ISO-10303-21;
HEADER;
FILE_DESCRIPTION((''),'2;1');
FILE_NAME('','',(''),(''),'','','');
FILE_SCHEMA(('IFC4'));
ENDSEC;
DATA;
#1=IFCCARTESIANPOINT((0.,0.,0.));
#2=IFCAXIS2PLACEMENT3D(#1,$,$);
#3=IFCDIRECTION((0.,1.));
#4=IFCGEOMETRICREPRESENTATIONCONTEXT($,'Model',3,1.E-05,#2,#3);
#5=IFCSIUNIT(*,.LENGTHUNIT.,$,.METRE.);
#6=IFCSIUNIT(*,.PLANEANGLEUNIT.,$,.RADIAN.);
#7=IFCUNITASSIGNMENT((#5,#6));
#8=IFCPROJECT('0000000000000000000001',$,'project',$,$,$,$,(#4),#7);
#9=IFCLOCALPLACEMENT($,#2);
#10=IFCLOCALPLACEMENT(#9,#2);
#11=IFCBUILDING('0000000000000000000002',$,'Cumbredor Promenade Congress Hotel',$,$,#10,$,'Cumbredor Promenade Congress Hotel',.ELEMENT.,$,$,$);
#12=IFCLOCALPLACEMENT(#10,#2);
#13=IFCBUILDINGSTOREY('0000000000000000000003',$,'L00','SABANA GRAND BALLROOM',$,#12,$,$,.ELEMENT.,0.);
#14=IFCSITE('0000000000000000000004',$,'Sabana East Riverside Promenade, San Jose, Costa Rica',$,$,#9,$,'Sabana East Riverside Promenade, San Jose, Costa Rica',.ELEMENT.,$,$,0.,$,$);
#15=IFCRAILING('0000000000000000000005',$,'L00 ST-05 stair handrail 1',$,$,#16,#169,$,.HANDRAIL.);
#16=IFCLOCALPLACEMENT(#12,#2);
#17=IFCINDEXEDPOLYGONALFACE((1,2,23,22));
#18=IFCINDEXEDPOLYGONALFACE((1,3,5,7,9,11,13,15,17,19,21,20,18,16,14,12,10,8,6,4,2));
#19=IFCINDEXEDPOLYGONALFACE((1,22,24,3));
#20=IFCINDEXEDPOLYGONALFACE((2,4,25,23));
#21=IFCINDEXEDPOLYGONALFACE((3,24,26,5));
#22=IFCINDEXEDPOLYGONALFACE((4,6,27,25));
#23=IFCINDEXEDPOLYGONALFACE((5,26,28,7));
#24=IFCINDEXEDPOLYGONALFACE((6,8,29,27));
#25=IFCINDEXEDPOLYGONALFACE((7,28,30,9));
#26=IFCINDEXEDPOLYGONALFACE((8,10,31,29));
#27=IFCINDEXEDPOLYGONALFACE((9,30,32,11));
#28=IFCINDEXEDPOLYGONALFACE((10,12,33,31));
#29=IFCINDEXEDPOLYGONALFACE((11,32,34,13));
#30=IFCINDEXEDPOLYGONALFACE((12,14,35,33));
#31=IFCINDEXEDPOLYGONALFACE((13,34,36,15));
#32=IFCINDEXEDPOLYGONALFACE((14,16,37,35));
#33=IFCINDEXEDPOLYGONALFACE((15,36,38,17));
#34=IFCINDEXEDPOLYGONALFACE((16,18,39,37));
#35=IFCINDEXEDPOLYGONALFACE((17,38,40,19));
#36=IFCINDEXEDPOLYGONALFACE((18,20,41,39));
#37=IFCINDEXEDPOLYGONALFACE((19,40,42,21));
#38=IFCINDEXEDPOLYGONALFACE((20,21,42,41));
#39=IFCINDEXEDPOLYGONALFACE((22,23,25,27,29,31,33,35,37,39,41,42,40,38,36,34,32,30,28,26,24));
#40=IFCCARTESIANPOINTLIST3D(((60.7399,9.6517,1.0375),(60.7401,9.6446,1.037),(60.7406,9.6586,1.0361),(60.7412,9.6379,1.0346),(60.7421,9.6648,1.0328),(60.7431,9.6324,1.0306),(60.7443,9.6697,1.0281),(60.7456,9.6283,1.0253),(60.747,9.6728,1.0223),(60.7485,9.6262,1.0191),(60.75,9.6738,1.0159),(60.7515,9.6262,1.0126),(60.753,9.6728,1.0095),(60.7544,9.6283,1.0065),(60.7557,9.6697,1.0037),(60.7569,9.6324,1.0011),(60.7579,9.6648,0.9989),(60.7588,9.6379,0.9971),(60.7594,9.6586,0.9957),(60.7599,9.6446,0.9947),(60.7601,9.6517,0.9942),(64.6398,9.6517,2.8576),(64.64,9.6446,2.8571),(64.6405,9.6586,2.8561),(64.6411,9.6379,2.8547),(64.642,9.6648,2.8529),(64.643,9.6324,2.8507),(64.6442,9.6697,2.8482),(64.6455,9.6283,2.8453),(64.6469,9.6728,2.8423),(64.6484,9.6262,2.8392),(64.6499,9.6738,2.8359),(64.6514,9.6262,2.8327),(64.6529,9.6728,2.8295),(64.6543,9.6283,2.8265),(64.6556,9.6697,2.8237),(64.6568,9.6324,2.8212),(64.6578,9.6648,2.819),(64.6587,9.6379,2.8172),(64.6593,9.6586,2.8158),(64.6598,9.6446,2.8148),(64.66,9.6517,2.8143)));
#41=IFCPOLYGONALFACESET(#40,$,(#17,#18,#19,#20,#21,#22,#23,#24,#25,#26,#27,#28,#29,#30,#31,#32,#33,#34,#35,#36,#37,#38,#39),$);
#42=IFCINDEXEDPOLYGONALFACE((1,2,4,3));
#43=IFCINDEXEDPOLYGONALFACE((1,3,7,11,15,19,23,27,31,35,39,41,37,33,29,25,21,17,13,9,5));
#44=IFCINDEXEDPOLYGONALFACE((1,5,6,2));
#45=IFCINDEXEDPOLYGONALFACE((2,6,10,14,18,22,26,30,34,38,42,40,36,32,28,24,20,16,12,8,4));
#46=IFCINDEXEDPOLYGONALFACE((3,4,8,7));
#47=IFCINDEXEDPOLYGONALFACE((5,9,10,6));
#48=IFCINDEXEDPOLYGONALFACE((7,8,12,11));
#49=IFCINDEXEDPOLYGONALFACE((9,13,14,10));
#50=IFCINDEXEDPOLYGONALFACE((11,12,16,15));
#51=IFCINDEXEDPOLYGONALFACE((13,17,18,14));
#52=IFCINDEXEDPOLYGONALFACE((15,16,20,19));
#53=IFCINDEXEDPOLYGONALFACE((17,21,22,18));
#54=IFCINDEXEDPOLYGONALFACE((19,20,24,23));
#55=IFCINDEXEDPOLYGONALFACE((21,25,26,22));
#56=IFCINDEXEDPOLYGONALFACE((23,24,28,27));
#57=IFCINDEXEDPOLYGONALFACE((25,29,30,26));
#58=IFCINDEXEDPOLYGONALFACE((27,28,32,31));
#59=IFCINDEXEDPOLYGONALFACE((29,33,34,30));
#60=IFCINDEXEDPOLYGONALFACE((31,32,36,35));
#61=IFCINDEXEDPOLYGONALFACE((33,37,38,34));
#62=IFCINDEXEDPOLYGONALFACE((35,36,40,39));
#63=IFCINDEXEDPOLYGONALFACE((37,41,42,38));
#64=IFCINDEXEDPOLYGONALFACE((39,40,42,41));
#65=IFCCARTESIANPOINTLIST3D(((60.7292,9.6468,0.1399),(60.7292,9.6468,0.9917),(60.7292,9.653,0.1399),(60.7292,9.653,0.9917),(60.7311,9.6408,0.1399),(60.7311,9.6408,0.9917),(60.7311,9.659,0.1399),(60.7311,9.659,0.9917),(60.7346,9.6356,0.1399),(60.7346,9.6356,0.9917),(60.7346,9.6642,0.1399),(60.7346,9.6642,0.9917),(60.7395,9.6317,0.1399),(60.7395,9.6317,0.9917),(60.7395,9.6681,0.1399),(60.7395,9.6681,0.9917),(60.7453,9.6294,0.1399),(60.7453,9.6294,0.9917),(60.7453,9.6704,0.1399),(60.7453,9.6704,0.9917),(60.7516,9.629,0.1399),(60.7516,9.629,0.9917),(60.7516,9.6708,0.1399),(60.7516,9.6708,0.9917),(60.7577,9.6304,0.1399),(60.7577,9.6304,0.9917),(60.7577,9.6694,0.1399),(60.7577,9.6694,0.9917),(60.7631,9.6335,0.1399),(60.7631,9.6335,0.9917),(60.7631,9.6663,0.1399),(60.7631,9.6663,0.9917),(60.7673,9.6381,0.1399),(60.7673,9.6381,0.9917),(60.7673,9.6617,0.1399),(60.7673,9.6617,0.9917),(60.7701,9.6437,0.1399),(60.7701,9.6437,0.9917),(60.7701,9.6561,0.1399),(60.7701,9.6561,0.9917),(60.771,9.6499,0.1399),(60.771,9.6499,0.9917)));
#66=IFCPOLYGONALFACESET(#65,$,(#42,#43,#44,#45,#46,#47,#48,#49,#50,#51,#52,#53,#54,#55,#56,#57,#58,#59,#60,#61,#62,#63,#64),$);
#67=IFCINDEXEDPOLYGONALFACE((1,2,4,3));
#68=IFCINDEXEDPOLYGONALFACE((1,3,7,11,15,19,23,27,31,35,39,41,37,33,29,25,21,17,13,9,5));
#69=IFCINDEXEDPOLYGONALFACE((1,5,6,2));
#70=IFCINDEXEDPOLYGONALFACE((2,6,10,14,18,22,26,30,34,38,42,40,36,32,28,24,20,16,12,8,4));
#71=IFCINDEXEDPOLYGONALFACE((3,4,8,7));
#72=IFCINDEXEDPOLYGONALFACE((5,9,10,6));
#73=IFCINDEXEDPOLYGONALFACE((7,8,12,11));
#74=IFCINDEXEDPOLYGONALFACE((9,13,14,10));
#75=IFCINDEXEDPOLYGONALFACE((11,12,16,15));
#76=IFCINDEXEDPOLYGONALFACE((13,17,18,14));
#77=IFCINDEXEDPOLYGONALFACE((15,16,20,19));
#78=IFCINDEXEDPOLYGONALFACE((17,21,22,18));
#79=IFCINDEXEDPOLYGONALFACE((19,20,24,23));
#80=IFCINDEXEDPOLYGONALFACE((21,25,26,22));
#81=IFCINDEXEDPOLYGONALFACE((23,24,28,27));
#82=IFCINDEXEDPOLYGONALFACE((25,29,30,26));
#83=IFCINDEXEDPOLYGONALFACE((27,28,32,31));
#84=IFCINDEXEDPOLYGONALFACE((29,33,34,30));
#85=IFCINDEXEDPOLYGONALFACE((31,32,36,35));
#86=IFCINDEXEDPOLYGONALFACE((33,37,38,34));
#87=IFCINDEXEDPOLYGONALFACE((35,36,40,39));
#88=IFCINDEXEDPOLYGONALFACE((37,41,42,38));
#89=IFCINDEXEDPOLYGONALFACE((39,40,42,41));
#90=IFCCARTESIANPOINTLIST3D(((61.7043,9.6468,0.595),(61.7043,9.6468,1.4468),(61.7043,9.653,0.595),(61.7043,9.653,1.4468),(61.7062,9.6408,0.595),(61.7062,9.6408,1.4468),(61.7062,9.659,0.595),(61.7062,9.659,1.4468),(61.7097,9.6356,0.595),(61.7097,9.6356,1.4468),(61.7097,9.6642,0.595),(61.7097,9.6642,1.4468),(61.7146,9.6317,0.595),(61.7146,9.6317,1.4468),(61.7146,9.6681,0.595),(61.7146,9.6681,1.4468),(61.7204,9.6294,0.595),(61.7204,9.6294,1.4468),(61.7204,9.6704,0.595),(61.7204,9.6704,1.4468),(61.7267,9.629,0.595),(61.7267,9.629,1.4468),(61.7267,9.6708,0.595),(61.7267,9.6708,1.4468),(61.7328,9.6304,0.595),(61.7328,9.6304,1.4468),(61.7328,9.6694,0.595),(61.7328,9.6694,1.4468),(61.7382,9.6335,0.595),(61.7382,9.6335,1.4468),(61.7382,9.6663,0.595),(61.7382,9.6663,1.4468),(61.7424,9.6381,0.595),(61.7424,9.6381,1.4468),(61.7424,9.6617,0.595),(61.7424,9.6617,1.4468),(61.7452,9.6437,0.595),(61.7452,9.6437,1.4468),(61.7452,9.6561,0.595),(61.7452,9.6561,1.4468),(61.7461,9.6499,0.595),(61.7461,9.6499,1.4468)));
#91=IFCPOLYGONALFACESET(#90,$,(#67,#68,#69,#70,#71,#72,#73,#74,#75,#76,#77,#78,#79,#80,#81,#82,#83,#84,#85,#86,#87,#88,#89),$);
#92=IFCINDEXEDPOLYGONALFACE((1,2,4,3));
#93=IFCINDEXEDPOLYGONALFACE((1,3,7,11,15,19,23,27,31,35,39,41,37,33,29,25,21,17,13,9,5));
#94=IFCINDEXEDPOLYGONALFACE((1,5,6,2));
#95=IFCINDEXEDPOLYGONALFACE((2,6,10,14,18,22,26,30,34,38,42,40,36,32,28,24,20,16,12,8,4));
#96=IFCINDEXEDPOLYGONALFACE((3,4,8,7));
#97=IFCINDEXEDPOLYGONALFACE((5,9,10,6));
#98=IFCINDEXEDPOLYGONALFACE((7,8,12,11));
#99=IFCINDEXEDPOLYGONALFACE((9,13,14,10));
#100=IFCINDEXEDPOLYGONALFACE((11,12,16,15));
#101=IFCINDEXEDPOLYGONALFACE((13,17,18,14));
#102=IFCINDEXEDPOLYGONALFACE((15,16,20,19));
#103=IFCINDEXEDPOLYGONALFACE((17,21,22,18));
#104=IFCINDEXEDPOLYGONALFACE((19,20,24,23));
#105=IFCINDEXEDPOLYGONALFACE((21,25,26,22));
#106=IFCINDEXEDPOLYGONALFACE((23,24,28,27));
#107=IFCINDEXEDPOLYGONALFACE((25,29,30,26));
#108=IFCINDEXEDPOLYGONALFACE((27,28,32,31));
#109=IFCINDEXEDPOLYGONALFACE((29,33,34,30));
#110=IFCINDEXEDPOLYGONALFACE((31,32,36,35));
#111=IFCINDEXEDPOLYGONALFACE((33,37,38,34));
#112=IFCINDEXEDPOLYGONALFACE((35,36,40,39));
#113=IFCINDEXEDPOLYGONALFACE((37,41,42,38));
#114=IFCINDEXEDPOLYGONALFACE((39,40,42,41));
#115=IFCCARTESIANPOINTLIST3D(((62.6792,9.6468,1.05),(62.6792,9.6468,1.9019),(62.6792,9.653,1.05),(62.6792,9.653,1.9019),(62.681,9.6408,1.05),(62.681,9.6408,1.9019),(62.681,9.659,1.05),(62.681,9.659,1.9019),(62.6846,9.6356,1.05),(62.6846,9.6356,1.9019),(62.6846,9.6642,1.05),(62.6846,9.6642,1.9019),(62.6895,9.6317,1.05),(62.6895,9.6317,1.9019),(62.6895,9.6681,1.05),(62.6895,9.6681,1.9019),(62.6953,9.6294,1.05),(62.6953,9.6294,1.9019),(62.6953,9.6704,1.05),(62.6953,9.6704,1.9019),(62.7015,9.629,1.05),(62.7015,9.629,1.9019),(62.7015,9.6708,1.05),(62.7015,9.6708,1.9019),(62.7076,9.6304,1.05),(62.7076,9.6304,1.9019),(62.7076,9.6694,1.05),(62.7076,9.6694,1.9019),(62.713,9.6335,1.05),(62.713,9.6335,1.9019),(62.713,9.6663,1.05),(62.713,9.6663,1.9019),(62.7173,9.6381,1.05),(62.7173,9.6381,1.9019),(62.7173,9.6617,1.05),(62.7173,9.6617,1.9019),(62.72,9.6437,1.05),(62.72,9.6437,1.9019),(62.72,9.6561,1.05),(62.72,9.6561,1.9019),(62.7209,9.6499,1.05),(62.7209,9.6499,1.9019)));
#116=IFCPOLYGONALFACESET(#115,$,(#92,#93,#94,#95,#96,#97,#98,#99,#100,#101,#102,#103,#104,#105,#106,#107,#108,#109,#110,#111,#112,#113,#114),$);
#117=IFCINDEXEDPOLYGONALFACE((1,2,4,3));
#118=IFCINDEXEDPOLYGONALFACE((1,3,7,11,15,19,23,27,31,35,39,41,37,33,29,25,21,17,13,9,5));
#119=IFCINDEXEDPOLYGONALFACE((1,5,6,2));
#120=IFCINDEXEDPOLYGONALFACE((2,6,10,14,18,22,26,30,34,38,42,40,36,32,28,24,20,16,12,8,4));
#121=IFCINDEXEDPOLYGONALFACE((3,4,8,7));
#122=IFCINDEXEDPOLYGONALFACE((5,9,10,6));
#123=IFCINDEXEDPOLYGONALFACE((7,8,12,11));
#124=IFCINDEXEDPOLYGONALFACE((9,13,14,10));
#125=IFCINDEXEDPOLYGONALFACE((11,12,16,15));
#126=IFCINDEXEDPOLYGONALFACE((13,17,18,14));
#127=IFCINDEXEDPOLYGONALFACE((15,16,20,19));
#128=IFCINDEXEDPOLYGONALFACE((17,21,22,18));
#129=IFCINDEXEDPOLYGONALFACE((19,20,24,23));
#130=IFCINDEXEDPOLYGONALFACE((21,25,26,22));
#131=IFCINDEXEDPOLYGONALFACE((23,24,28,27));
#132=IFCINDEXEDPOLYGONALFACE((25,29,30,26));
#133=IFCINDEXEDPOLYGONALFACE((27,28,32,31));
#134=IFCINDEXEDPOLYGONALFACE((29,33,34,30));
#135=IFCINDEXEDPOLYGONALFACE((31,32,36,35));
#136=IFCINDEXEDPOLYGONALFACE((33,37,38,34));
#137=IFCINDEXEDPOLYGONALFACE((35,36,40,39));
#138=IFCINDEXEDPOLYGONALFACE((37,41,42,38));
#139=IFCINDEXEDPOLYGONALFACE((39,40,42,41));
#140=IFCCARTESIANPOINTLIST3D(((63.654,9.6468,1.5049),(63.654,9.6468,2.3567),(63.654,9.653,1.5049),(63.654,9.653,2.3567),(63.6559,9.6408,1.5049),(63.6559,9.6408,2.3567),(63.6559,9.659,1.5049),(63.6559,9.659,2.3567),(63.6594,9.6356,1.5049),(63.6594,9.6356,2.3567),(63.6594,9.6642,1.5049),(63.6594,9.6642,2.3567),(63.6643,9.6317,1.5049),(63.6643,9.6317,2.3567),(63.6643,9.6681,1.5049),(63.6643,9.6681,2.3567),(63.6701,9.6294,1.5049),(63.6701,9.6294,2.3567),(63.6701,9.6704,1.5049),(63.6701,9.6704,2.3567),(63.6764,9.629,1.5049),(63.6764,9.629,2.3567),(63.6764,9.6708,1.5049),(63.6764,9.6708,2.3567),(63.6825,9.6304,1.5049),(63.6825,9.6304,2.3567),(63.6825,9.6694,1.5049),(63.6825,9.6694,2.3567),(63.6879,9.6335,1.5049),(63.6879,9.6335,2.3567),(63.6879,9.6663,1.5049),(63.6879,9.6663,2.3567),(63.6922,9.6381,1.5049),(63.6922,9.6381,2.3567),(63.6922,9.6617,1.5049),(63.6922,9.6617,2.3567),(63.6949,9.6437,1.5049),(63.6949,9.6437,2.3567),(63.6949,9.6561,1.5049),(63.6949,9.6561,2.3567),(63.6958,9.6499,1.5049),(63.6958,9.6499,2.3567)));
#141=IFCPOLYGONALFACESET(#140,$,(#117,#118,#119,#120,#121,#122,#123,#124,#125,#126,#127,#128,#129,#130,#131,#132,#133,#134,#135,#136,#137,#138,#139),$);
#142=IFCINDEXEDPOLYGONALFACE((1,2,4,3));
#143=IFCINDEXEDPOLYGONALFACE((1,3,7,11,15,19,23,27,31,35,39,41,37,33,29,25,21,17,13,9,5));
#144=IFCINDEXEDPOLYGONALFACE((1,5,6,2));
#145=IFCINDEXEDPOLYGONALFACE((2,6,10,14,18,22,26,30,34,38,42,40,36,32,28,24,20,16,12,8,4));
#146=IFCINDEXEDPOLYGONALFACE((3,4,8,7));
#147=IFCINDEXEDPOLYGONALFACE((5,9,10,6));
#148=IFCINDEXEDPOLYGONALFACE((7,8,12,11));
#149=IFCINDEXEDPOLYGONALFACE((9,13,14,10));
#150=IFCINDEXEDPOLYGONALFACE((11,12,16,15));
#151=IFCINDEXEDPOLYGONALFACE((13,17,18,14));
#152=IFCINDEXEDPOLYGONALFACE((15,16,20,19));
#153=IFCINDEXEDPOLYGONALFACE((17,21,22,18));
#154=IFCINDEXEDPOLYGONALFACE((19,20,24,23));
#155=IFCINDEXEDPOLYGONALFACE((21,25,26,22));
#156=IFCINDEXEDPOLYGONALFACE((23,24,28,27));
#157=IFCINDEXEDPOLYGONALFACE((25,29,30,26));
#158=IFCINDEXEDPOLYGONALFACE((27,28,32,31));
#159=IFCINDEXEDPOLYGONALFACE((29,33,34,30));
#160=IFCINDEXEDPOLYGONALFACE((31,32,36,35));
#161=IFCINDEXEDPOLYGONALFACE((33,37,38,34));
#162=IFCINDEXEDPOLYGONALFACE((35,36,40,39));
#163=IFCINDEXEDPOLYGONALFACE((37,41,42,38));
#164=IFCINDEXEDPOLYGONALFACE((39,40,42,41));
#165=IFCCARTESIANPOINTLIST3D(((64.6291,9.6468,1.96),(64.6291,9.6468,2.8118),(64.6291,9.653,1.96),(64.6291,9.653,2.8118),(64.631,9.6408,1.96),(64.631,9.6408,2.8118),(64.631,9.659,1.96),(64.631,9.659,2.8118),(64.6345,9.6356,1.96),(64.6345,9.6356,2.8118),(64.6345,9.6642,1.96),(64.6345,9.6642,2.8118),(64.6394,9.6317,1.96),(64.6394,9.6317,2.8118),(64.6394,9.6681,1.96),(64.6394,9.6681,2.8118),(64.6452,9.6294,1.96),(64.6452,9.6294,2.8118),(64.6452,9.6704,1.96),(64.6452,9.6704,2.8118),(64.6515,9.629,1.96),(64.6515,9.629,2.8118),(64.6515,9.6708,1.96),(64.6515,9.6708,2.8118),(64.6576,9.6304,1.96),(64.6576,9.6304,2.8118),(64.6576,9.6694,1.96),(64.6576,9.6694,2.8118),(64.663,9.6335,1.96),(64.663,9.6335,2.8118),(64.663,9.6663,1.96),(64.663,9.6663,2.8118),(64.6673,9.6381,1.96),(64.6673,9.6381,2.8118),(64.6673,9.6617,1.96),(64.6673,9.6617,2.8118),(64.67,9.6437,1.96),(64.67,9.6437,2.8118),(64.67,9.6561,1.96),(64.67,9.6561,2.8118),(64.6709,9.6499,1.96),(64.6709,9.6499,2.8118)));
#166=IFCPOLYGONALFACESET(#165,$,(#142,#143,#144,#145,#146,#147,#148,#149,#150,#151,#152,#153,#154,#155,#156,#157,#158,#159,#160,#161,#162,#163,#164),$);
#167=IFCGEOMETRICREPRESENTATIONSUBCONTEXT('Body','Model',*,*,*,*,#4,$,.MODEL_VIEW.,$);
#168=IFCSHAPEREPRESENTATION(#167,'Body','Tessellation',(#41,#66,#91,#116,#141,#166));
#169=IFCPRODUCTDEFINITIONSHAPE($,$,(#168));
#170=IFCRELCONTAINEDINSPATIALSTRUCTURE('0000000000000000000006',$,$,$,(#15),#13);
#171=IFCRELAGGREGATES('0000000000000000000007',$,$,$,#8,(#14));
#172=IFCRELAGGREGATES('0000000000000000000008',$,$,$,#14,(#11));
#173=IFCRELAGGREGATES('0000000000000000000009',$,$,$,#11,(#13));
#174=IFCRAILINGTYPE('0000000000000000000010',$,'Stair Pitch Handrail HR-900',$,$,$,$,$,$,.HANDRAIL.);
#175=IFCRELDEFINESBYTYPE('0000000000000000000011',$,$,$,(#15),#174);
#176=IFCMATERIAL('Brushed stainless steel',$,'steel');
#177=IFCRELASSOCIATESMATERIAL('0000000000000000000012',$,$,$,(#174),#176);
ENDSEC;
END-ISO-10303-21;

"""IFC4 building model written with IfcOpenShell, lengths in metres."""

from ifc_helpers import new_model, si_unit, direction, frame, origin, origin_2d, place, context, subcontext, project, spatial, circle, extrude, material, type_object, element, save


model = new_model("IFC4")

# Units and contexts
model_context = context("Model", 3, precision=1e-05, world=origin(), true_north=direction((0.0, 1.0)))
body_context = subcontext(model_context, "Body", "Model", "MODEL_VIEW")
ifc_project = project(units=[si_unit("LENGTHUNIT", "METRE"), si_unit("PLANEANGLEUNIT", "RADIAN")], contexts=[model_context])

# Site, building, storey
site_placement = place(None, origin())
site = spatial("IfcSite", under=ifc_project, at=site_placement, Name="Sabana East Riverside Promenade, San Jose, Costa Rica", LongName="Sabana East Riverside Promenade, San Jose, Costa Rica", CompositionType="ELEMENT", RefElevation=0.0)
building_placement = place(site_placement, origin())
building = spatial("IfcBuilding", under=site, at=building_placement, Name="Cumbredor Promenade Congress Hotel", LongName="Cumbredor Promenade Congress Hotel", CompositionType="ELEMENT")
storey_placement = place(building_placement, origin())
storey = spatial("IfcBuildingStorey", under=building, at=storey_placement, Name="L00", Description="SABANA GRAND BALLROOM", CompositionType="ELEMENT", Elevation=0.0)

# Railing
ifc_material_1 = material(Name="Brushed stainless steel", Category="steel")
railing_type_1 = type_object("IfcRailingType", Name="Stair Pitch Handrail HR-900", PredefinedType="HANDRAIL", material=ifc_material_1)
railing_1_placement = place(storey_placement, frame((60.75, 9.6499, 0.1399)))
element("IfcRailing", 1, at=railing_1_placement, inside=storey, type_object=railing_type_1, Name="L00 ST-05 stair handrail 1", PredefinedType="HANDRAIL", context=body_context, shape_type="SweptSolid", body=[
    extrude(circle(Radius=0.0239, at=origin_2d()), frame((0.0, 0.0, 0.876), z_axis=(0.906173, 0.0, 0.422907), x_axis=(0.0, 1.0, 0.0)), (0.0, 0.0, 1.0), 4.3037),
    extrude(circle(Radius=0.021, at=origin_2d()), origin(), (0.0, 0.0, 1.0), 0.8518),
    extrude(circle(Radius=0.021, at=origin_2d()), frame((0.9751, 0.0, 0.4551)), (0.0, 0.0, 1.0), 0.8518),
    extrude(circle(Radius=0.021, at=origin_2d()), frame((1.95, 0.0, 0.9102)), (0.0, 0.0, 1.0), 0.8518),
    extrude(circle(Radius=0.021, at=origin_2d()), frame((2.9248, 0.0, 1.365)), (0.0, 0.0, 1.0), 0.8518),
    extrude(circle(Radius=0.021, at=origin_2d()), frame((3.8999, 0.0, 1.8201)), (0.0, 0.0, 1.0), 0.8518),
])

save(model, "model.ifc")
